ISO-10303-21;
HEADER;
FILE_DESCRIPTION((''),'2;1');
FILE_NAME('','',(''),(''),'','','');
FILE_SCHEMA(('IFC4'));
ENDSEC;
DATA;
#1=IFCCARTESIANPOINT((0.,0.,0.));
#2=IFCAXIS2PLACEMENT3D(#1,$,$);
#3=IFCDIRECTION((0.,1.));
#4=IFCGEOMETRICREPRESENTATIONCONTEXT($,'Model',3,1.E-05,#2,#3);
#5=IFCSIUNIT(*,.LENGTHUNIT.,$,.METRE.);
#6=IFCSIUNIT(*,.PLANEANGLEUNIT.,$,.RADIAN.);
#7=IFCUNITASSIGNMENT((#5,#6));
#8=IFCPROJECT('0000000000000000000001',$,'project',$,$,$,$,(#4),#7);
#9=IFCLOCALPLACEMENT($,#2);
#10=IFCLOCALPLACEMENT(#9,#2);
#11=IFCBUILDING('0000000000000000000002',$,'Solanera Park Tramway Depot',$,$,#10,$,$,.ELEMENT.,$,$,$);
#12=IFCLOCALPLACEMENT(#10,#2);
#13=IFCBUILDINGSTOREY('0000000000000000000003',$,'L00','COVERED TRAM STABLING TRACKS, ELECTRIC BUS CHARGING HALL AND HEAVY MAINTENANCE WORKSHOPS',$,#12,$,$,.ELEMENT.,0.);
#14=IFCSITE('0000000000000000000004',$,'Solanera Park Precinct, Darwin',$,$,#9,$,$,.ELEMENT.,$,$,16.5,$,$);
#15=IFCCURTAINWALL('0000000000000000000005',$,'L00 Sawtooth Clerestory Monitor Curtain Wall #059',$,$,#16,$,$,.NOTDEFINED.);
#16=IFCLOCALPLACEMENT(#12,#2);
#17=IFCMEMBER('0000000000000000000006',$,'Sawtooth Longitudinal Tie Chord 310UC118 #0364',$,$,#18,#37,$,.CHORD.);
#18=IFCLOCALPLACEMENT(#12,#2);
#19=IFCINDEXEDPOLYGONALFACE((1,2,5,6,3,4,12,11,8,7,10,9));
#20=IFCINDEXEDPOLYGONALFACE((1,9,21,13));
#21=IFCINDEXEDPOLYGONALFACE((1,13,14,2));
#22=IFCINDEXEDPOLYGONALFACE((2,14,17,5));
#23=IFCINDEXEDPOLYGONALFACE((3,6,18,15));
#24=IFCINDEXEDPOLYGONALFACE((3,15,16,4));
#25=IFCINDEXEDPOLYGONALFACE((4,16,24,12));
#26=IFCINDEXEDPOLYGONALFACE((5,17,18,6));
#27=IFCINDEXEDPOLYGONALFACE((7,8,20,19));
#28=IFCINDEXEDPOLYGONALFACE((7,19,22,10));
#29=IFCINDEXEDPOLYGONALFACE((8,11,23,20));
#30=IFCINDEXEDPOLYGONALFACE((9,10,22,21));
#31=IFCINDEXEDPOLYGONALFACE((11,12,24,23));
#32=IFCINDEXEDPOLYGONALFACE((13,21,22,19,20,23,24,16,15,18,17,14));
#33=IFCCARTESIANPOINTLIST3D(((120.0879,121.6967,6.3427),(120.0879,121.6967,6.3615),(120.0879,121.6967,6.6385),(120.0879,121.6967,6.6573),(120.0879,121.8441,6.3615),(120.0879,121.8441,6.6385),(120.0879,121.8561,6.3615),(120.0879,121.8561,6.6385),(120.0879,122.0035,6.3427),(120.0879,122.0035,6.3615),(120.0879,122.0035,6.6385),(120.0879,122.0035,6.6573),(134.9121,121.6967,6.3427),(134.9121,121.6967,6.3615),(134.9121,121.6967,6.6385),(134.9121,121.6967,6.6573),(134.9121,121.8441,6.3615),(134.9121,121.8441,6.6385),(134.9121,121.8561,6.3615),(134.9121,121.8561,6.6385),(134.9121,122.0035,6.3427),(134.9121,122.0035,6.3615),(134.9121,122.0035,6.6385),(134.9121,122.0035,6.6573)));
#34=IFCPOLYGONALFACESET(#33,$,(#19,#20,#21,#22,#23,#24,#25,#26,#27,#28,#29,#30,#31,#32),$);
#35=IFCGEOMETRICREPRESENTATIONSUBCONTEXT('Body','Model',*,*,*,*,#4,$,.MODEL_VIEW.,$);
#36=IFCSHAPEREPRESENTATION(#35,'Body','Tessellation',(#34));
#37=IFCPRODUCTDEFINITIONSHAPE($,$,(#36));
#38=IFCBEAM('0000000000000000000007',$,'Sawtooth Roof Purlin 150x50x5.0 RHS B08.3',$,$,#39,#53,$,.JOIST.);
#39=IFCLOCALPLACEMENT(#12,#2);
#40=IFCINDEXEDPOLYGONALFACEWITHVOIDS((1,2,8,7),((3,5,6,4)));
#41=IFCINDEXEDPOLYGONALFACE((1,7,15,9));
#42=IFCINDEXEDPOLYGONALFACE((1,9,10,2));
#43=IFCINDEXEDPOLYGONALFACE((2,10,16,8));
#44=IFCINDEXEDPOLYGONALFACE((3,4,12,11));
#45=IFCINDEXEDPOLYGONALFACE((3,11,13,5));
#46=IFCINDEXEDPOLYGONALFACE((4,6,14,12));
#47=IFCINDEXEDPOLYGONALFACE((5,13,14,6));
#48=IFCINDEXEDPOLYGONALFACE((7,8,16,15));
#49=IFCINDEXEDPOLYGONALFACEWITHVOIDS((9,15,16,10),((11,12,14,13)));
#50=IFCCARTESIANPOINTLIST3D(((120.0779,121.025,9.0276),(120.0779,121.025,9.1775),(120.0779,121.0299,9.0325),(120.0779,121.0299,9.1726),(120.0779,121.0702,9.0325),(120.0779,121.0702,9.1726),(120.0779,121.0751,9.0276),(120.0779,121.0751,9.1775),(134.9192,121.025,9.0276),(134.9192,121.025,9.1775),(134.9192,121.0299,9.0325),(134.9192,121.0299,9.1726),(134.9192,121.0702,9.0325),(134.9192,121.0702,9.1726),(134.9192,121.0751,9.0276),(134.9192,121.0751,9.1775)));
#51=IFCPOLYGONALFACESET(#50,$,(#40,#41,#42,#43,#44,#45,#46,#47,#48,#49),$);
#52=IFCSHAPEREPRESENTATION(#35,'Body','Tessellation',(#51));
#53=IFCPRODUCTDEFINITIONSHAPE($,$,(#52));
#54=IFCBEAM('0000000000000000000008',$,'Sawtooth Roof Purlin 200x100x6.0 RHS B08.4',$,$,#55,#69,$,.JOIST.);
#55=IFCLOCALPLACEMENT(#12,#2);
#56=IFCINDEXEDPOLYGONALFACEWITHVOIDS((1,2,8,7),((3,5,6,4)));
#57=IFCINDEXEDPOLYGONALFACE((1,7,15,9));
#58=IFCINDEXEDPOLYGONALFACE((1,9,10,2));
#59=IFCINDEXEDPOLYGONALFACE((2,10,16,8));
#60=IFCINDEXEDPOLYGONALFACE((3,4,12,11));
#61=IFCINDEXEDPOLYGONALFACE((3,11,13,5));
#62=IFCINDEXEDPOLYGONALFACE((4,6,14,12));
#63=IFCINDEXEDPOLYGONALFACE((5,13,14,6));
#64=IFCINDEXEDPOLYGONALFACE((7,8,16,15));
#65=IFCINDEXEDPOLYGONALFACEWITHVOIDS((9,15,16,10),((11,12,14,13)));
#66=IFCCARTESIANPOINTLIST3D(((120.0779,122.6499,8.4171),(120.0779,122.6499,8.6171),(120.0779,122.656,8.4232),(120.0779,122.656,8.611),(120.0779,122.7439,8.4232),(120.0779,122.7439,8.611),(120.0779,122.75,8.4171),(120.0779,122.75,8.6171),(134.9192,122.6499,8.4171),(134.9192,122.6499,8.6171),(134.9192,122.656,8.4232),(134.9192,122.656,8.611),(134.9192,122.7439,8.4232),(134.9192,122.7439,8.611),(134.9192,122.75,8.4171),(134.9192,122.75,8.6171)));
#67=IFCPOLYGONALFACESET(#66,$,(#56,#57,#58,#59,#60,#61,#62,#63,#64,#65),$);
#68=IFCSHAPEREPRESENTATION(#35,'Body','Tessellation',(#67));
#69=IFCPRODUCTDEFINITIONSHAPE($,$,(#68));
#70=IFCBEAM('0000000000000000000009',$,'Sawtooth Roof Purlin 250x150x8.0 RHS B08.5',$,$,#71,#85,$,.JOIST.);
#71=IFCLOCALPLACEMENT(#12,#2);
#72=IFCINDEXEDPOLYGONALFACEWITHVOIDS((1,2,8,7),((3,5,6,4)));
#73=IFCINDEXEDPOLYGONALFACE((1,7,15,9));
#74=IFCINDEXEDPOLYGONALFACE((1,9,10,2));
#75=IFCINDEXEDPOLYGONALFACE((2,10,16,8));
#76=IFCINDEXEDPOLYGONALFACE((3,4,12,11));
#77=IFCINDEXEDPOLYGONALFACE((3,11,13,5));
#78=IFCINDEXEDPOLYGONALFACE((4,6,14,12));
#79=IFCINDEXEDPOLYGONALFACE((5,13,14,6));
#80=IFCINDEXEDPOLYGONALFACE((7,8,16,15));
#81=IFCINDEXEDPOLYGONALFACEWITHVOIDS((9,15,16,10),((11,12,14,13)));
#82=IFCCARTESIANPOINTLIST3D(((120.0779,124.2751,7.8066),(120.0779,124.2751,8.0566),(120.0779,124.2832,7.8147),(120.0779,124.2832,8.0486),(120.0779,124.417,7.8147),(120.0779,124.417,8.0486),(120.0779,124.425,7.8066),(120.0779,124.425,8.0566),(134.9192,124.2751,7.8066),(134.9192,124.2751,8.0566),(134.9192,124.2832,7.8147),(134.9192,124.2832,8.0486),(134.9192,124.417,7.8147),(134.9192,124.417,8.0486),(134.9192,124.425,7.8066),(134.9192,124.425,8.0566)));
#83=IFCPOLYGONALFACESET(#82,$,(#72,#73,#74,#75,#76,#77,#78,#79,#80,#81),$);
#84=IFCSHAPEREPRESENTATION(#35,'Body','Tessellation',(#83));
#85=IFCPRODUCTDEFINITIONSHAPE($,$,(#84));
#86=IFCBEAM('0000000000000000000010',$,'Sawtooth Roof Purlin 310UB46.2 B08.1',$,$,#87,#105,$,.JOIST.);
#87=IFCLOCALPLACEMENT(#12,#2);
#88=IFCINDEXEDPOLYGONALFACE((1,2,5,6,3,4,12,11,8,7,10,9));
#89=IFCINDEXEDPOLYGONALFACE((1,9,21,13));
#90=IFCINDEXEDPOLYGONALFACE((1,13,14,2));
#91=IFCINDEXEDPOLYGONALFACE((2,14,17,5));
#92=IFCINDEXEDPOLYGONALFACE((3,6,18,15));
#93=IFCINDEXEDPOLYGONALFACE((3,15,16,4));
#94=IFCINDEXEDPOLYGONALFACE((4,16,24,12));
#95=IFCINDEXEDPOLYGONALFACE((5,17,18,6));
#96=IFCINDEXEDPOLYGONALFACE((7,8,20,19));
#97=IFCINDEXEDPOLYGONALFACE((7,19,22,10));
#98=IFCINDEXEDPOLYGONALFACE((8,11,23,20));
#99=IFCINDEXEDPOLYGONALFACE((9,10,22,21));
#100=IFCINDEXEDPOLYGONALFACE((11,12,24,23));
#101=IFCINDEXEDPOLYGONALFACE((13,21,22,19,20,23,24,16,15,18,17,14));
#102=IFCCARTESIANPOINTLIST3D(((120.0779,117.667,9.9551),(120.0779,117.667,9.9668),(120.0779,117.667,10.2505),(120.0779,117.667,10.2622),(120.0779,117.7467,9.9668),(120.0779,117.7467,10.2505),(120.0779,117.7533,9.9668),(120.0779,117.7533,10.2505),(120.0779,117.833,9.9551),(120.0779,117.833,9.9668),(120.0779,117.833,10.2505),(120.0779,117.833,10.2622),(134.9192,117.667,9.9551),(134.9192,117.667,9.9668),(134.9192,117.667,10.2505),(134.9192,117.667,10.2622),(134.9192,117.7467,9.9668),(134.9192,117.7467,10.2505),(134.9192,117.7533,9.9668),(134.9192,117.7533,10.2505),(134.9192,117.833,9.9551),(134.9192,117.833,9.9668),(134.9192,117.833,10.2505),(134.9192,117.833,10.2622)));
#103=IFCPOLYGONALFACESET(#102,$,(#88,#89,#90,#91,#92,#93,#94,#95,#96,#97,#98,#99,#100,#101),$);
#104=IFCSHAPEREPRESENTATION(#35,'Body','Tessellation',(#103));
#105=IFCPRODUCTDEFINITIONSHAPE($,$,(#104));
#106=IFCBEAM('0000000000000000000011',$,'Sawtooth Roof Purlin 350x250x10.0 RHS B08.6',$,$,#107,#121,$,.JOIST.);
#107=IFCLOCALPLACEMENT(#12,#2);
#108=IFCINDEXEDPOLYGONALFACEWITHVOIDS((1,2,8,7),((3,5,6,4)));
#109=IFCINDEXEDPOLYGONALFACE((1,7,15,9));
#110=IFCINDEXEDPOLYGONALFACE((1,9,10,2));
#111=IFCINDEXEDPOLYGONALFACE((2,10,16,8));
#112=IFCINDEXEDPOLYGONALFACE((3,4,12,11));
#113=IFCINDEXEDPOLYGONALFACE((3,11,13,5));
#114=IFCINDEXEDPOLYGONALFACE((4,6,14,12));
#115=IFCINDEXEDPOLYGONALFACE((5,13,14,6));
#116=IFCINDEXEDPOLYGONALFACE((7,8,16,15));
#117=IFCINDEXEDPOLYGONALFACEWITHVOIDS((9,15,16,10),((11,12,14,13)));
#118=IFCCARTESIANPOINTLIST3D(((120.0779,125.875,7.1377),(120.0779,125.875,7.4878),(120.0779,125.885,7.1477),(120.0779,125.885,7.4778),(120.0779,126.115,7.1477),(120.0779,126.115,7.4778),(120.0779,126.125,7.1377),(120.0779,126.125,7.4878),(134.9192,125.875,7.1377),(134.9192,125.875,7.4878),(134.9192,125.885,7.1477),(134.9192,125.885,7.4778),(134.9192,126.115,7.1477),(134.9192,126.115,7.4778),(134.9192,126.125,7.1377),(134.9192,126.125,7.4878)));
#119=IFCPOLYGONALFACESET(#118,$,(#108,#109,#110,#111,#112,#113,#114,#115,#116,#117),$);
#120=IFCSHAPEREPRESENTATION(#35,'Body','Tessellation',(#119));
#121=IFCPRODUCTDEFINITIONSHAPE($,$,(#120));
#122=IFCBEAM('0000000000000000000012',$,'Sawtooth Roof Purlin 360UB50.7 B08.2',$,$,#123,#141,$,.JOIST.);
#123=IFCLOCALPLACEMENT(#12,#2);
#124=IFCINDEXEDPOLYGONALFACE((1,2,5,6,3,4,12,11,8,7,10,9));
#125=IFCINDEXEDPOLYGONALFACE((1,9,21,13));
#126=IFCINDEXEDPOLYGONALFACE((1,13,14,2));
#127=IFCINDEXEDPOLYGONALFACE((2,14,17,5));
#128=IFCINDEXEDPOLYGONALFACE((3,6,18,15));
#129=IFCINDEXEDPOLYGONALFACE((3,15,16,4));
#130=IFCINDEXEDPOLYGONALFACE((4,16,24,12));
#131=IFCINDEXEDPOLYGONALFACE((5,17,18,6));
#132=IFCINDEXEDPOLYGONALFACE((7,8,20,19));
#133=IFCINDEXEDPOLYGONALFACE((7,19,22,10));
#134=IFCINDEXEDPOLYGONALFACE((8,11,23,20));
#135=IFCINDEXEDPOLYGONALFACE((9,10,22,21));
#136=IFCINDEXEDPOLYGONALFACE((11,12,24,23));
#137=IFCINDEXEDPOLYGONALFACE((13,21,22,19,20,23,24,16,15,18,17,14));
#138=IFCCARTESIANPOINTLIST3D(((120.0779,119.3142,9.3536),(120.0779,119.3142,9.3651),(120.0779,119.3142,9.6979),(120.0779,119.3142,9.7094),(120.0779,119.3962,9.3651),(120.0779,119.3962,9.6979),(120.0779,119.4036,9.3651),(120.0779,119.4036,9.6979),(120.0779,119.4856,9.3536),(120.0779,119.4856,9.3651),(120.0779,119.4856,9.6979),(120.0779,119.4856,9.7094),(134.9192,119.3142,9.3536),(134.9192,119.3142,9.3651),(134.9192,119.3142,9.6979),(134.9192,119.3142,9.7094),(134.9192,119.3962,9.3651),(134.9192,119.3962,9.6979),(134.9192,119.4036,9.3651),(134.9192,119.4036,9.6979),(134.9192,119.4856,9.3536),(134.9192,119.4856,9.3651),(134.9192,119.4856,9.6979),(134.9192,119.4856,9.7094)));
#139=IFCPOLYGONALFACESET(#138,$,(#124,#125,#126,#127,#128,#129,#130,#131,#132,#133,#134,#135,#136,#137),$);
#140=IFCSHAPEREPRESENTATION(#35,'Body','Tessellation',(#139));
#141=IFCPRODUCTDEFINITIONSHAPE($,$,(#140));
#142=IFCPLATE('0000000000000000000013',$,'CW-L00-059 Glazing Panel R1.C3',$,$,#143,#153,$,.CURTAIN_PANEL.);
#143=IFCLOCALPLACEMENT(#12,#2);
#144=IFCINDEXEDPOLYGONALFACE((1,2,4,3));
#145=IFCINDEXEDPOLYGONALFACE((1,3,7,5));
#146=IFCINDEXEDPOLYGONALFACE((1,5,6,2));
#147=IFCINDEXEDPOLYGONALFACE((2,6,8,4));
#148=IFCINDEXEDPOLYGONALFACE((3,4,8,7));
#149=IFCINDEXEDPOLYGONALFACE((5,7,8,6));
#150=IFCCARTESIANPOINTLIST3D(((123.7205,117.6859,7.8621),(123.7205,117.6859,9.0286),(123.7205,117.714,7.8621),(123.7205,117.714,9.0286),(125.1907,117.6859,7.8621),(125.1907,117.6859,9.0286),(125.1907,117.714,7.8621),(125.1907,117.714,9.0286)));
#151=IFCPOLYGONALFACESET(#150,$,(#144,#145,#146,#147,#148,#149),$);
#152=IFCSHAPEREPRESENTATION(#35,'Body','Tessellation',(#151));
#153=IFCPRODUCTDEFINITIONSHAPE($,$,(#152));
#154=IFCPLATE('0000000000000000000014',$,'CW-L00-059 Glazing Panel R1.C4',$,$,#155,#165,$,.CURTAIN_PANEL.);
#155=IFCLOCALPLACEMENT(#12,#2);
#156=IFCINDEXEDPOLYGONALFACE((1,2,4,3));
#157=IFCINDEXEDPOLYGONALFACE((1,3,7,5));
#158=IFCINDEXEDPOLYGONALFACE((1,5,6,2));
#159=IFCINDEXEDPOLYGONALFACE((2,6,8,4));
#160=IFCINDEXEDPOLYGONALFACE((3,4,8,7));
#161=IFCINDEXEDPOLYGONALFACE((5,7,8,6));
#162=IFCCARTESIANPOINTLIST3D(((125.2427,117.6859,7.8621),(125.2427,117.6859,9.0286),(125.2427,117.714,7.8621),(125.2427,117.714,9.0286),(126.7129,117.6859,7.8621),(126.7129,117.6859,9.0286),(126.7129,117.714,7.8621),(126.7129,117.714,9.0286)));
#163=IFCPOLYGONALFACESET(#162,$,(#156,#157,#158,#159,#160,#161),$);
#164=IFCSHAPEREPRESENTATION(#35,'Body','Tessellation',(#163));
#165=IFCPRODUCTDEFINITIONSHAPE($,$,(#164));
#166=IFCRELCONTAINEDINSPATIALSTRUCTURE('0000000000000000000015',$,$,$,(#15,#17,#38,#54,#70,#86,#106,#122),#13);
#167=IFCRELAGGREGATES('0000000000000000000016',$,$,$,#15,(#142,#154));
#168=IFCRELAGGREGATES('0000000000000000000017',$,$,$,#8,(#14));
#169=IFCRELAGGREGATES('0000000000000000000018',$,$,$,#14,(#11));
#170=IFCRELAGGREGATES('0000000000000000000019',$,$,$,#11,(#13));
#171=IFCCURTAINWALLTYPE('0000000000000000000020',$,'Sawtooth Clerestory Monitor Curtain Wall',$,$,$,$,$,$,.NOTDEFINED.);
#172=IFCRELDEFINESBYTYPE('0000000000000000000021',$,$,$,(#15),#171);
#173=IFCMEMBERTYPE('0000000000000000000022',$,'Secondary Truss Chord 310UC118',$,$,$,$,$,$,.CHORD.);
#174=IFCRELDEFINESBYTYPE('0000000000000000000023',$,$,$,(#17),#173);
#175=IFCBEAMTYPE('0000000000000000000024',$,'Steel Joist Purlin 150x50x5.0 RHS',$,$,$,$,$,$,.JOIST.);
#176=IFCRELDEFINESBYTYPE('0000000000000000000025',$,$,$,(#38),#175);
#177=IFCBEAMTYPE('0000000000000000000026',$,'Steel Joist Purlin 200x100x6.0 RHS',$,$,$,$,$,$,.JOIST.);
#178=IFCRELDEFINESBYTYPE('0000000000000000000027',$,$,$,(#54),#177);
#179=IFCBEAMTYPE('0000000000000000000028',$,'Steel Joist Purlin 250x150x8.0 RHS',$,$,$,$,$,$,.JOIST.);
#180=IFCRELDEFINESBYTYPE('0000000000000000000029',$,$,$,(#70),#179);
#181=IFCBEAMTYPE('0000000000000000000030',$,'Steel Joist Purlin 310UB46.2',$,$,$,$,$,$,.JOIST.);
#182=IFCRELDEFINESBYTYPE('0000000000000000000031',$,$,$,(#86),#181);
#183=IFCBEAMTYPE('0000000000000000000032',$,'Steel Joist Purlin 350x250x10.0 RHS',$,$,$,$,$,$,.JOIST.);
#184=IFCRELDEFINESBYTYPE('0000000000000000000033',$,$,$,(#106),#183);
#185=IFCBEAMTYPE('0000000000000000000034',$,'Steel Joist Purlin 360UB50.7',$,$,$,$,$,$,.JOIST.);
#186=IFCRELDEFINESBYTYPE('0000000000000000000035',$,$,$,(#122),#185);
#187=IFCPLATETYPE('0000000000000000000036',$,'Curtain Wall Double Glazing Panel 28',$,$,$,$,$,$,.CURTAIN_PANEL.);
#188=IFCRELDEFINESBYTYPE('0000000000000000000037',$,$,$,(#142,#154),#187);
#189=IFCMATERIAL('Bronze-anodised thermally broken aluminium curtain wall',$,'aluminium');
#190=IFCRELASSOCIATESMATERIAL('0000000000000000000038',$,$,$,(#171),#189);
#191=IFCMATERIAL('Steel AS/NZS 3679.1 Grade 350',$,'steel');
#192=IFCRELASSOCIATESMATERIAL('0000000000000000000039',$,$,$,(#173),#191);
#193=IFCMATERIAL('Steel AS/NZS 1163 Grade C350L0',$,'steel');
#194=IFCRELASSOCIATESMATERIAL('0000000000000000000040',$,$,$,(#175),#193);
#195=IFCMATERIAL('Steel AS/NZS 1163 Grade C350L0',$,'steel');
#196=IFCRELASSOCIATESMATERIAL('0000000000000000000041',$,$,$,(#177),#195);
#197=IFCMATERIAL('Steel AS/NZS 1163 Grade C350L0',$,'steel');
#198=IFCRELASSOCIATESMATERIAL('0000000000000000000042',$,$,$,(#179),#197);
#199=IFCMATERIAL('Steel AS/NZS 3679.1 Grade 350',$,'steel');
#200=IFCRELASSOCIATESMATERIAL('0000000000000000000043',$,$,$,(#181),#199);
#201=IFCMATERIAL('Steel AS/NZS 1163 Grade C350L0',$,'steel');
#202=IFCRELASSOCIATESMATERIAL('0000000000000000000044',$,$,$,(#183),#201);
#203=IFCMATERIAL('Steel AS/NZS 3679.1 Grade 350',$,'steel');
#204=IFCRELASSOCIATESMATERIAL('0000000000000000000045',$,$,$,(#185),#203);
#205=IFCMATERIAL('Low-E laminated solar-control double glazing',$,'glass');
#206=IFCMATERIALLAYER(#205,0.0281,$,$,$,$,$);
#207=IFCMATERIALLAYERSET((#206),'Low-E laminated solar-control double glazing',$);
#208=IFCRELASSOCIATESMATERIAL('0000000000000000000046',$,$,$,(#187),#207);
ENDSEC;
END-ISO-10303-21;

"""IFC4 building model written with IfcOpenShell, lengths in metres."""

from ifc_helpers import new_model, si_unit, direction, frame, origin, origin_2d, place, context, subcontext, project, spatial, rectangle, hollow_rectangle, i_section, extrude, material, layer, layer_set, material_profile, profile_set, type_object, element, aggregate, save


model = new_model("IFC4")

# Units and contexts
model_context = context("Model", 3, precision=1e-05, world=origin(), true_north=direction((0.0, 1.0)))
body_context = subcontext(model_context, "Body", "Model", "MODEL_VIEW")
ifc_project = project(units=[si_unit("LENGTHUNIT", "METRE"), si_unit("PLANEANGLEUNIT", "RADIAN")], contexts=[model_context])

# Site, building, storey
site_placement = place(None, origin())
site = spatial("IfcSite", under=ifc_project, at=site_placement, Name="Solanera Park Precinct, Darwin", CompositionType="ELEMENT", RefElevation=16.5)
building_placement = place(site_placement, origin())
building = spatial("IfcBuilding", under=site, at=building_placement, Name="Solanera Park Tramway Depot", CompositionType="ELEMENT")
storey_placement = place(building_placement, origin())
storey = spatial("IfcBuildingStorey", under=building, at=storey_placement, Name="L00", Description="COVERED TRAM STABLING TRACKS, ELECTRIC BUS CHARGING HALL AND HEAVY MAINTENANCE WORKSHOPS", CompositionType="ELEMENT", Elevation=0.0)

# Curtain wall
ifc_material_1 = material(Name="Bronze-anodised thermally broken aluminium curtain wall", Category="aluminium")
curtain_wall_type = type_object("IfcCurtainWallType", Name="Sawtooth Clerestory Monitor Curtain Wall", PredefinedType="NOTDEFINED", material=ifc_material_1)
curtain_wall_1_placement = place(storey_placement, origin())
curtain_wall_1 = element("IfcCurtainWall", 1, at=curtain_wall_1_placement, inside=storey, type_object=curtain_wall_type, Name="L00 Sawtooth Clerestory Monitor Curtain Wall #059", PredefinedType="NOTDEFINED")

# Member
ifc_material_2 = material(Name="Steel AS/NZS 3679.1 Grade 350", Category="steel")
ifc_material_profile_1 = material_profile(ifc_material_2, i_section(OverallWidth=0.3069, OverallDepth=0.3147, WebThickness=0.012, FlangeThickness=0.0188, at=origin_2d()), Name="310UC118")
ifc_profile_set_1 = profile_set([ifc_material_profile_1], Name="Steel AS/NZS 3679.1 Grade 350")
member_type_1 = type_object("IfcMemberType", Name="Secondary Truss Chord 310UC118", PredefinedType="CHORD", material=ifc_profile_set_1)
member_1_placement = place(storey_placement, frame((120.0879, 121.8501, 6.5), z_axis=(1.0, 0.0, 0.0), x_axis=(0.0, 1.0, 0.0)))
element("IfcMember", 2, at=member_1_placement, inside=storey, type_object=member_type_1, Name="Sawtooth Longitudinal Tie Chord 310UC118 #0364", PredefinedType="CHORD", context=body_context, shape_type="SweptSolid", body=[
    extrude(i_section(OverallWidth=0.3069, OverallDepth=0.3147, WebThickness=0.012, FlangeThickness=0.0188, at=origin_2d()), origin(), (0.0, 0.0, 1.0), 14.8242),
])

# Beams
ifc_material_3 = material(Name="Steel AS/NZS 1163 Grade C350L0", Category="steel")
ifc_material_profile_2 = material_profile(ifc_material_3, hollow_rectangle(XDim=0.05, YDim=0.1499, WallThickness=0.0049, at=origin_2d()), Name="150x50x5.0 RHS")
ifc_profile_set_2 = profile_set([ifc_material_profile_2], Name="Steel AS/NZS 1163 Grade C350L0")
beam_type_1 = type_object("IfcBeamType", Name="Steel Joist Purlin 150x50x5.0 RHS", PredefinedType="JOIST", material=ifc_profile_set_2)
beam_1_placement = place(storey_placement, frame((120.0779, 121.05, 9.1025), z_axis=(1.0, 0.0, 0.0), x_axis=(0.0, 1.0, 0.0)))
element("IfcBeam", 3, at=beam_1_placement, inside=storey, type_object=beam_type_1, Name="Sawtooth Roof Purlin 150x50x5.0 RHS B08.3", PredefinedType="JOIST", context=body_context, shape_type="SweptSolid", body=[
    extrude(hollow_rectangle(XDim=0.05, YDim=0.1499, WallThickness=0.0049, at=origin_2d()), origin(), (0.0, 0.0, 1.0), 14.8413),
])
ifc_material_4 = material(Name="Steel AS/NZS 1163 Grade C350L0", Category="steel")
ifc_material_profile_3 = material_profile(ifc_material_4, hollow_rectangle(XDim=0.1001, YDim=0.2, WallThickness=0.0061, at=origin_2d()), Name="200x100x6.0 RHS")
ifc_profile_set_3 = profile_set([ifc_material_profile_3], Name="Steel AS/NZS 1163 Grade C350L0")
beam_type_2 = type_object("IfcBeamType", Name="Steel Joist Purlin 200x100x6.0 RHS", PredefinedType="JOIST", material=ifc_profile_set_3)
beam_2_placement = place(storey_placement, frame((120.0779, 122.7, 8.5171), z_axis=(1.0, 0.0, 0.0), x_axis=(0.0, 1.0, 0.0)))
element("IfcBeam", 4, at=beam_2_placement, inside=storey, type_object=beam_type_2, Name="Sawtooth Roof Purlin 200x100x6.0 RHS B08.4", PredefinedType="JOIST", context=body_context, shape_type="SweptSolid", body=[
    extrude(hollow_rectangle(XDim=0.1001, YDim=0.2, WallThickness=0.0061, at=origin_2d()), origin(), (0.0, 0.0, 1.0), 14.8413),
])
ifc_material_5 = material(Name="Steel AS/NZS 1163 Grade C350L0", Category="steel")
ifc_material_profile_4 = material_profile(ifc_material_5, hollow_rectangle(XDim=0.1499, YDim=0.25, WallThickness=0.0081, at=origin_2d()), Name="250x150x8.0 RHS")
ifc_profile_set_4 = profile_set([ifc_material_profile_4], Name="Steel AS/NZS 1163 Grade C350L0")
beam_type_3 = type_object("IfcBeamType", Name="Steel Joist Purlin 250x150x8.0 RHS", PredefinedType="JOIST", material=ifc_profile_set_4)
beam_3_placement = place(storey_placement, frame((120.0779, 124.3501, 7.9316), z_axis=(1.0, 0.0, 0.0), x_axis=(0.0, 1.0, 0.0)))
element("IfcBeam", 5, at=beam_3_placement, inside=storey, type_object=beam_type_3, Name="Sawtooth Roof Purlin 250x150x8.0 RHS B08.5", PredefinedType="JOIST", context=body_context, shape_type="SweptSolid", body=[
    extrude(hollow_rectangle(XDim=0.1499, YDim=0.25, WallThickness=0.0081, at=origin_2d()), origin(), (0.0, 0.0, 1.0), 14.8413),
])
ifc_material_6 = material(Name="Steel AS/NZS 3679.1 Grade 350", Category="steel")
ifc_material_profile_5 = material_profile(ifc_material_6, i_section(OverallWidth=0.166, OverallDepth=0.3071, WebThickness=0.0066, FlangeThickness=0.0117, at=origin_2d()), Name="310UB46.2")
ifc_profile_set_5 = profile_set([ifc_material_profile_5], Name="Steel AS/NZS 3679.1 Grade 350")
beam_type_4 = type_object("IfcBeamType", Name="Steel Joist Purlin 310UB46.2", PredefinedType="JOIST", material=ifc_profile_set_5)
beam_4_placement = place(storey_placement, frame((120.0779, 117.75, 10.1086), z_axis=(1.0, 0.0, 0.0), x_axis=(0.0, 1.0, 0.0)))
element("IfcBeam", 6, at=beam_4_placement, inside=storey, type_object=beam_type_4, Name="Sawtooth Roof Purlin 310UB46.2 B08.1", PredefinedType="JOIST", context=body_context, shape_type="SweptSolid", body=[
    extrude(i_section(OverallWidth=0.166, OverallDepth=0.3071, WebThickness=0.0066, FlangeThickness=0.0117, at=origin_2d()), origin(), (0.0, 0.0, 1.0), 14.8413),
])
ifc_material_7 = material(Name="Steel AS/NZS 1163 Grade C350L0", Category="steel")
ifc_material_profile_6 = material_profile(ifc_material_7, hollow_rectangle(XDim=0.25, YDim=0.3501, WallThickness=0.01, at=origin_2d()), Name="350x250x10.0 RHS")
ifc_profile_set_6 = profile_set([ifc_material_profile_6], Name="Steel AS/NZS 1163 Grade C350L0")
beam_type_5 = type_object("IfcBeamType", Name="Steel Joist Purlin 350x250x10.0 RHS", PredefinedType="JOIST", material=ifc_profile_set_6)
beam_5_placement = place(storey_placement, frame((120.0779, 126.0, 7.3127), z_axis=(1.0, 0.0, 0.0), x_axis=(0.0, 1.0, 0.0)))
element("IfcBeam", 7, at=beam_5_placement, inside=storey, type_object=beam_type_5, Name="Sawtooth Roof Purlin 350x250x10.0 RHS B08.6", PredefinedType="JOIST", context=body_context, shape_type="SweptSolid", body=[
    extrude(hollow_rectangle(XDim=0.25, YDim=0.3501, WallThickness=0.01, at=origin_2d()), origin(), (0.0, 0.0, 1.0), 14.8413),
])
ifc_material_8 = material(Name="Steel AS/NZS 3679.1 Grade 350", Category="steel")
ifc_material_profile_7 = material_profile(ifc_material_8, i_section(OverallWidth=0.1714, OverallDepth=0.3557, WebThickness=0.0073, FlangeThickness=0.0115, at=origin_2d()), Name="360UB50.7")
ifc_profile_set_7 = profile_set([ifc_material_profile_7], Name="Steel AS/NZS 3679.1 Grade 350")
beam_type_6 = type_object("IfcBeamType", Name="Steel Joist Purlin 360UB50.7", PredefinedType="JOIST", material=ifc_profile_set_7)
beam_6_placement = place(storey_placement, frame((120.0779, 119.3999, 9.5315), z_axis=(1.0, 0.0, 0.0), x_axis=(0.0, 1.0, 0.0)))
element("IfcBeam", 8, at=beam_6_placement, inside=storey, type_object=beam_type_6, Name="Sawtooth Roof Purlin 360UB50.7 B08.2", PredefinedType="JOIST", context=body_context, shape_type="SweptSolid", body=[
    extrude(i_section(OverallWidth=0.1714, OverallDepth=0.3557, WebThickness=0.0073, FlangeThickness=0.0115, at=origin_2d()), origin(), (0.0, 0.0, 1.0), 14.8413),
])

# Plates
ifc_material_9 = material(Name="Low-E laminated solar-control double glazing", Category="glass")
ifc_layer_1 = layer(ifc_material_9, 0.0281)
ifc_layer_set_1 = layer_set([ifc_layer_1], Name="Low-E laminated solar-control double glazing")
plate_type_1 = type_object("IfcPlateType", Name="Curtain Wall Double Glazing Panel 28", PredefinedType="CURTAIN_PANEL", material=ifc_layer_set_1)
plate_1_placement = place(storey_placement, frame((124.4556, 117.7, 7.8621), z_axis=(0.0, 0.0, 1.0), x_axis=(1.0, 0.0, 0.0)))
plate_1 = element("IfcPlate", 9, at=plate_1_placement, type_object=plate_type_1, Name="CW-L00-059 Glazing Panel R1.C3", PredefinedType="CURTAIN_PANEL", context=body_context, shape_type="SweptSolid", body=[
    extrude(rectangle(XDim=1.4702, YDim=0.0281, at=origin_2d()), origin(), (0.0, 0.0, 1.0), 1.1665),
])
plate_2_placement = place(storey_placement, frame((125.9778, 117.7, 7.8621), z_axis=(0.0, 0.0, 1.0), x_axis=(1.0, 0.0, 0.0)))
plate_2 = element("IfcPlate", 10, at=plate_2_placement, type_object=plate_type_1, Name="CW-L00-059 Glazing Panel R1.C4", PredefinedType="CURTAIN_PANEL", context=body_context, shape_type="SweptSolid", body=[
    extrude(rectangle(XDim=1.4702, YDim=0.0281, at=origin_2d()), origin(), (0.0, 0.0, 1.0), 1.1665),
])
aggregate(curtain_wall_1, [plate_1, plate_2])

save(model, "model.ifc")
